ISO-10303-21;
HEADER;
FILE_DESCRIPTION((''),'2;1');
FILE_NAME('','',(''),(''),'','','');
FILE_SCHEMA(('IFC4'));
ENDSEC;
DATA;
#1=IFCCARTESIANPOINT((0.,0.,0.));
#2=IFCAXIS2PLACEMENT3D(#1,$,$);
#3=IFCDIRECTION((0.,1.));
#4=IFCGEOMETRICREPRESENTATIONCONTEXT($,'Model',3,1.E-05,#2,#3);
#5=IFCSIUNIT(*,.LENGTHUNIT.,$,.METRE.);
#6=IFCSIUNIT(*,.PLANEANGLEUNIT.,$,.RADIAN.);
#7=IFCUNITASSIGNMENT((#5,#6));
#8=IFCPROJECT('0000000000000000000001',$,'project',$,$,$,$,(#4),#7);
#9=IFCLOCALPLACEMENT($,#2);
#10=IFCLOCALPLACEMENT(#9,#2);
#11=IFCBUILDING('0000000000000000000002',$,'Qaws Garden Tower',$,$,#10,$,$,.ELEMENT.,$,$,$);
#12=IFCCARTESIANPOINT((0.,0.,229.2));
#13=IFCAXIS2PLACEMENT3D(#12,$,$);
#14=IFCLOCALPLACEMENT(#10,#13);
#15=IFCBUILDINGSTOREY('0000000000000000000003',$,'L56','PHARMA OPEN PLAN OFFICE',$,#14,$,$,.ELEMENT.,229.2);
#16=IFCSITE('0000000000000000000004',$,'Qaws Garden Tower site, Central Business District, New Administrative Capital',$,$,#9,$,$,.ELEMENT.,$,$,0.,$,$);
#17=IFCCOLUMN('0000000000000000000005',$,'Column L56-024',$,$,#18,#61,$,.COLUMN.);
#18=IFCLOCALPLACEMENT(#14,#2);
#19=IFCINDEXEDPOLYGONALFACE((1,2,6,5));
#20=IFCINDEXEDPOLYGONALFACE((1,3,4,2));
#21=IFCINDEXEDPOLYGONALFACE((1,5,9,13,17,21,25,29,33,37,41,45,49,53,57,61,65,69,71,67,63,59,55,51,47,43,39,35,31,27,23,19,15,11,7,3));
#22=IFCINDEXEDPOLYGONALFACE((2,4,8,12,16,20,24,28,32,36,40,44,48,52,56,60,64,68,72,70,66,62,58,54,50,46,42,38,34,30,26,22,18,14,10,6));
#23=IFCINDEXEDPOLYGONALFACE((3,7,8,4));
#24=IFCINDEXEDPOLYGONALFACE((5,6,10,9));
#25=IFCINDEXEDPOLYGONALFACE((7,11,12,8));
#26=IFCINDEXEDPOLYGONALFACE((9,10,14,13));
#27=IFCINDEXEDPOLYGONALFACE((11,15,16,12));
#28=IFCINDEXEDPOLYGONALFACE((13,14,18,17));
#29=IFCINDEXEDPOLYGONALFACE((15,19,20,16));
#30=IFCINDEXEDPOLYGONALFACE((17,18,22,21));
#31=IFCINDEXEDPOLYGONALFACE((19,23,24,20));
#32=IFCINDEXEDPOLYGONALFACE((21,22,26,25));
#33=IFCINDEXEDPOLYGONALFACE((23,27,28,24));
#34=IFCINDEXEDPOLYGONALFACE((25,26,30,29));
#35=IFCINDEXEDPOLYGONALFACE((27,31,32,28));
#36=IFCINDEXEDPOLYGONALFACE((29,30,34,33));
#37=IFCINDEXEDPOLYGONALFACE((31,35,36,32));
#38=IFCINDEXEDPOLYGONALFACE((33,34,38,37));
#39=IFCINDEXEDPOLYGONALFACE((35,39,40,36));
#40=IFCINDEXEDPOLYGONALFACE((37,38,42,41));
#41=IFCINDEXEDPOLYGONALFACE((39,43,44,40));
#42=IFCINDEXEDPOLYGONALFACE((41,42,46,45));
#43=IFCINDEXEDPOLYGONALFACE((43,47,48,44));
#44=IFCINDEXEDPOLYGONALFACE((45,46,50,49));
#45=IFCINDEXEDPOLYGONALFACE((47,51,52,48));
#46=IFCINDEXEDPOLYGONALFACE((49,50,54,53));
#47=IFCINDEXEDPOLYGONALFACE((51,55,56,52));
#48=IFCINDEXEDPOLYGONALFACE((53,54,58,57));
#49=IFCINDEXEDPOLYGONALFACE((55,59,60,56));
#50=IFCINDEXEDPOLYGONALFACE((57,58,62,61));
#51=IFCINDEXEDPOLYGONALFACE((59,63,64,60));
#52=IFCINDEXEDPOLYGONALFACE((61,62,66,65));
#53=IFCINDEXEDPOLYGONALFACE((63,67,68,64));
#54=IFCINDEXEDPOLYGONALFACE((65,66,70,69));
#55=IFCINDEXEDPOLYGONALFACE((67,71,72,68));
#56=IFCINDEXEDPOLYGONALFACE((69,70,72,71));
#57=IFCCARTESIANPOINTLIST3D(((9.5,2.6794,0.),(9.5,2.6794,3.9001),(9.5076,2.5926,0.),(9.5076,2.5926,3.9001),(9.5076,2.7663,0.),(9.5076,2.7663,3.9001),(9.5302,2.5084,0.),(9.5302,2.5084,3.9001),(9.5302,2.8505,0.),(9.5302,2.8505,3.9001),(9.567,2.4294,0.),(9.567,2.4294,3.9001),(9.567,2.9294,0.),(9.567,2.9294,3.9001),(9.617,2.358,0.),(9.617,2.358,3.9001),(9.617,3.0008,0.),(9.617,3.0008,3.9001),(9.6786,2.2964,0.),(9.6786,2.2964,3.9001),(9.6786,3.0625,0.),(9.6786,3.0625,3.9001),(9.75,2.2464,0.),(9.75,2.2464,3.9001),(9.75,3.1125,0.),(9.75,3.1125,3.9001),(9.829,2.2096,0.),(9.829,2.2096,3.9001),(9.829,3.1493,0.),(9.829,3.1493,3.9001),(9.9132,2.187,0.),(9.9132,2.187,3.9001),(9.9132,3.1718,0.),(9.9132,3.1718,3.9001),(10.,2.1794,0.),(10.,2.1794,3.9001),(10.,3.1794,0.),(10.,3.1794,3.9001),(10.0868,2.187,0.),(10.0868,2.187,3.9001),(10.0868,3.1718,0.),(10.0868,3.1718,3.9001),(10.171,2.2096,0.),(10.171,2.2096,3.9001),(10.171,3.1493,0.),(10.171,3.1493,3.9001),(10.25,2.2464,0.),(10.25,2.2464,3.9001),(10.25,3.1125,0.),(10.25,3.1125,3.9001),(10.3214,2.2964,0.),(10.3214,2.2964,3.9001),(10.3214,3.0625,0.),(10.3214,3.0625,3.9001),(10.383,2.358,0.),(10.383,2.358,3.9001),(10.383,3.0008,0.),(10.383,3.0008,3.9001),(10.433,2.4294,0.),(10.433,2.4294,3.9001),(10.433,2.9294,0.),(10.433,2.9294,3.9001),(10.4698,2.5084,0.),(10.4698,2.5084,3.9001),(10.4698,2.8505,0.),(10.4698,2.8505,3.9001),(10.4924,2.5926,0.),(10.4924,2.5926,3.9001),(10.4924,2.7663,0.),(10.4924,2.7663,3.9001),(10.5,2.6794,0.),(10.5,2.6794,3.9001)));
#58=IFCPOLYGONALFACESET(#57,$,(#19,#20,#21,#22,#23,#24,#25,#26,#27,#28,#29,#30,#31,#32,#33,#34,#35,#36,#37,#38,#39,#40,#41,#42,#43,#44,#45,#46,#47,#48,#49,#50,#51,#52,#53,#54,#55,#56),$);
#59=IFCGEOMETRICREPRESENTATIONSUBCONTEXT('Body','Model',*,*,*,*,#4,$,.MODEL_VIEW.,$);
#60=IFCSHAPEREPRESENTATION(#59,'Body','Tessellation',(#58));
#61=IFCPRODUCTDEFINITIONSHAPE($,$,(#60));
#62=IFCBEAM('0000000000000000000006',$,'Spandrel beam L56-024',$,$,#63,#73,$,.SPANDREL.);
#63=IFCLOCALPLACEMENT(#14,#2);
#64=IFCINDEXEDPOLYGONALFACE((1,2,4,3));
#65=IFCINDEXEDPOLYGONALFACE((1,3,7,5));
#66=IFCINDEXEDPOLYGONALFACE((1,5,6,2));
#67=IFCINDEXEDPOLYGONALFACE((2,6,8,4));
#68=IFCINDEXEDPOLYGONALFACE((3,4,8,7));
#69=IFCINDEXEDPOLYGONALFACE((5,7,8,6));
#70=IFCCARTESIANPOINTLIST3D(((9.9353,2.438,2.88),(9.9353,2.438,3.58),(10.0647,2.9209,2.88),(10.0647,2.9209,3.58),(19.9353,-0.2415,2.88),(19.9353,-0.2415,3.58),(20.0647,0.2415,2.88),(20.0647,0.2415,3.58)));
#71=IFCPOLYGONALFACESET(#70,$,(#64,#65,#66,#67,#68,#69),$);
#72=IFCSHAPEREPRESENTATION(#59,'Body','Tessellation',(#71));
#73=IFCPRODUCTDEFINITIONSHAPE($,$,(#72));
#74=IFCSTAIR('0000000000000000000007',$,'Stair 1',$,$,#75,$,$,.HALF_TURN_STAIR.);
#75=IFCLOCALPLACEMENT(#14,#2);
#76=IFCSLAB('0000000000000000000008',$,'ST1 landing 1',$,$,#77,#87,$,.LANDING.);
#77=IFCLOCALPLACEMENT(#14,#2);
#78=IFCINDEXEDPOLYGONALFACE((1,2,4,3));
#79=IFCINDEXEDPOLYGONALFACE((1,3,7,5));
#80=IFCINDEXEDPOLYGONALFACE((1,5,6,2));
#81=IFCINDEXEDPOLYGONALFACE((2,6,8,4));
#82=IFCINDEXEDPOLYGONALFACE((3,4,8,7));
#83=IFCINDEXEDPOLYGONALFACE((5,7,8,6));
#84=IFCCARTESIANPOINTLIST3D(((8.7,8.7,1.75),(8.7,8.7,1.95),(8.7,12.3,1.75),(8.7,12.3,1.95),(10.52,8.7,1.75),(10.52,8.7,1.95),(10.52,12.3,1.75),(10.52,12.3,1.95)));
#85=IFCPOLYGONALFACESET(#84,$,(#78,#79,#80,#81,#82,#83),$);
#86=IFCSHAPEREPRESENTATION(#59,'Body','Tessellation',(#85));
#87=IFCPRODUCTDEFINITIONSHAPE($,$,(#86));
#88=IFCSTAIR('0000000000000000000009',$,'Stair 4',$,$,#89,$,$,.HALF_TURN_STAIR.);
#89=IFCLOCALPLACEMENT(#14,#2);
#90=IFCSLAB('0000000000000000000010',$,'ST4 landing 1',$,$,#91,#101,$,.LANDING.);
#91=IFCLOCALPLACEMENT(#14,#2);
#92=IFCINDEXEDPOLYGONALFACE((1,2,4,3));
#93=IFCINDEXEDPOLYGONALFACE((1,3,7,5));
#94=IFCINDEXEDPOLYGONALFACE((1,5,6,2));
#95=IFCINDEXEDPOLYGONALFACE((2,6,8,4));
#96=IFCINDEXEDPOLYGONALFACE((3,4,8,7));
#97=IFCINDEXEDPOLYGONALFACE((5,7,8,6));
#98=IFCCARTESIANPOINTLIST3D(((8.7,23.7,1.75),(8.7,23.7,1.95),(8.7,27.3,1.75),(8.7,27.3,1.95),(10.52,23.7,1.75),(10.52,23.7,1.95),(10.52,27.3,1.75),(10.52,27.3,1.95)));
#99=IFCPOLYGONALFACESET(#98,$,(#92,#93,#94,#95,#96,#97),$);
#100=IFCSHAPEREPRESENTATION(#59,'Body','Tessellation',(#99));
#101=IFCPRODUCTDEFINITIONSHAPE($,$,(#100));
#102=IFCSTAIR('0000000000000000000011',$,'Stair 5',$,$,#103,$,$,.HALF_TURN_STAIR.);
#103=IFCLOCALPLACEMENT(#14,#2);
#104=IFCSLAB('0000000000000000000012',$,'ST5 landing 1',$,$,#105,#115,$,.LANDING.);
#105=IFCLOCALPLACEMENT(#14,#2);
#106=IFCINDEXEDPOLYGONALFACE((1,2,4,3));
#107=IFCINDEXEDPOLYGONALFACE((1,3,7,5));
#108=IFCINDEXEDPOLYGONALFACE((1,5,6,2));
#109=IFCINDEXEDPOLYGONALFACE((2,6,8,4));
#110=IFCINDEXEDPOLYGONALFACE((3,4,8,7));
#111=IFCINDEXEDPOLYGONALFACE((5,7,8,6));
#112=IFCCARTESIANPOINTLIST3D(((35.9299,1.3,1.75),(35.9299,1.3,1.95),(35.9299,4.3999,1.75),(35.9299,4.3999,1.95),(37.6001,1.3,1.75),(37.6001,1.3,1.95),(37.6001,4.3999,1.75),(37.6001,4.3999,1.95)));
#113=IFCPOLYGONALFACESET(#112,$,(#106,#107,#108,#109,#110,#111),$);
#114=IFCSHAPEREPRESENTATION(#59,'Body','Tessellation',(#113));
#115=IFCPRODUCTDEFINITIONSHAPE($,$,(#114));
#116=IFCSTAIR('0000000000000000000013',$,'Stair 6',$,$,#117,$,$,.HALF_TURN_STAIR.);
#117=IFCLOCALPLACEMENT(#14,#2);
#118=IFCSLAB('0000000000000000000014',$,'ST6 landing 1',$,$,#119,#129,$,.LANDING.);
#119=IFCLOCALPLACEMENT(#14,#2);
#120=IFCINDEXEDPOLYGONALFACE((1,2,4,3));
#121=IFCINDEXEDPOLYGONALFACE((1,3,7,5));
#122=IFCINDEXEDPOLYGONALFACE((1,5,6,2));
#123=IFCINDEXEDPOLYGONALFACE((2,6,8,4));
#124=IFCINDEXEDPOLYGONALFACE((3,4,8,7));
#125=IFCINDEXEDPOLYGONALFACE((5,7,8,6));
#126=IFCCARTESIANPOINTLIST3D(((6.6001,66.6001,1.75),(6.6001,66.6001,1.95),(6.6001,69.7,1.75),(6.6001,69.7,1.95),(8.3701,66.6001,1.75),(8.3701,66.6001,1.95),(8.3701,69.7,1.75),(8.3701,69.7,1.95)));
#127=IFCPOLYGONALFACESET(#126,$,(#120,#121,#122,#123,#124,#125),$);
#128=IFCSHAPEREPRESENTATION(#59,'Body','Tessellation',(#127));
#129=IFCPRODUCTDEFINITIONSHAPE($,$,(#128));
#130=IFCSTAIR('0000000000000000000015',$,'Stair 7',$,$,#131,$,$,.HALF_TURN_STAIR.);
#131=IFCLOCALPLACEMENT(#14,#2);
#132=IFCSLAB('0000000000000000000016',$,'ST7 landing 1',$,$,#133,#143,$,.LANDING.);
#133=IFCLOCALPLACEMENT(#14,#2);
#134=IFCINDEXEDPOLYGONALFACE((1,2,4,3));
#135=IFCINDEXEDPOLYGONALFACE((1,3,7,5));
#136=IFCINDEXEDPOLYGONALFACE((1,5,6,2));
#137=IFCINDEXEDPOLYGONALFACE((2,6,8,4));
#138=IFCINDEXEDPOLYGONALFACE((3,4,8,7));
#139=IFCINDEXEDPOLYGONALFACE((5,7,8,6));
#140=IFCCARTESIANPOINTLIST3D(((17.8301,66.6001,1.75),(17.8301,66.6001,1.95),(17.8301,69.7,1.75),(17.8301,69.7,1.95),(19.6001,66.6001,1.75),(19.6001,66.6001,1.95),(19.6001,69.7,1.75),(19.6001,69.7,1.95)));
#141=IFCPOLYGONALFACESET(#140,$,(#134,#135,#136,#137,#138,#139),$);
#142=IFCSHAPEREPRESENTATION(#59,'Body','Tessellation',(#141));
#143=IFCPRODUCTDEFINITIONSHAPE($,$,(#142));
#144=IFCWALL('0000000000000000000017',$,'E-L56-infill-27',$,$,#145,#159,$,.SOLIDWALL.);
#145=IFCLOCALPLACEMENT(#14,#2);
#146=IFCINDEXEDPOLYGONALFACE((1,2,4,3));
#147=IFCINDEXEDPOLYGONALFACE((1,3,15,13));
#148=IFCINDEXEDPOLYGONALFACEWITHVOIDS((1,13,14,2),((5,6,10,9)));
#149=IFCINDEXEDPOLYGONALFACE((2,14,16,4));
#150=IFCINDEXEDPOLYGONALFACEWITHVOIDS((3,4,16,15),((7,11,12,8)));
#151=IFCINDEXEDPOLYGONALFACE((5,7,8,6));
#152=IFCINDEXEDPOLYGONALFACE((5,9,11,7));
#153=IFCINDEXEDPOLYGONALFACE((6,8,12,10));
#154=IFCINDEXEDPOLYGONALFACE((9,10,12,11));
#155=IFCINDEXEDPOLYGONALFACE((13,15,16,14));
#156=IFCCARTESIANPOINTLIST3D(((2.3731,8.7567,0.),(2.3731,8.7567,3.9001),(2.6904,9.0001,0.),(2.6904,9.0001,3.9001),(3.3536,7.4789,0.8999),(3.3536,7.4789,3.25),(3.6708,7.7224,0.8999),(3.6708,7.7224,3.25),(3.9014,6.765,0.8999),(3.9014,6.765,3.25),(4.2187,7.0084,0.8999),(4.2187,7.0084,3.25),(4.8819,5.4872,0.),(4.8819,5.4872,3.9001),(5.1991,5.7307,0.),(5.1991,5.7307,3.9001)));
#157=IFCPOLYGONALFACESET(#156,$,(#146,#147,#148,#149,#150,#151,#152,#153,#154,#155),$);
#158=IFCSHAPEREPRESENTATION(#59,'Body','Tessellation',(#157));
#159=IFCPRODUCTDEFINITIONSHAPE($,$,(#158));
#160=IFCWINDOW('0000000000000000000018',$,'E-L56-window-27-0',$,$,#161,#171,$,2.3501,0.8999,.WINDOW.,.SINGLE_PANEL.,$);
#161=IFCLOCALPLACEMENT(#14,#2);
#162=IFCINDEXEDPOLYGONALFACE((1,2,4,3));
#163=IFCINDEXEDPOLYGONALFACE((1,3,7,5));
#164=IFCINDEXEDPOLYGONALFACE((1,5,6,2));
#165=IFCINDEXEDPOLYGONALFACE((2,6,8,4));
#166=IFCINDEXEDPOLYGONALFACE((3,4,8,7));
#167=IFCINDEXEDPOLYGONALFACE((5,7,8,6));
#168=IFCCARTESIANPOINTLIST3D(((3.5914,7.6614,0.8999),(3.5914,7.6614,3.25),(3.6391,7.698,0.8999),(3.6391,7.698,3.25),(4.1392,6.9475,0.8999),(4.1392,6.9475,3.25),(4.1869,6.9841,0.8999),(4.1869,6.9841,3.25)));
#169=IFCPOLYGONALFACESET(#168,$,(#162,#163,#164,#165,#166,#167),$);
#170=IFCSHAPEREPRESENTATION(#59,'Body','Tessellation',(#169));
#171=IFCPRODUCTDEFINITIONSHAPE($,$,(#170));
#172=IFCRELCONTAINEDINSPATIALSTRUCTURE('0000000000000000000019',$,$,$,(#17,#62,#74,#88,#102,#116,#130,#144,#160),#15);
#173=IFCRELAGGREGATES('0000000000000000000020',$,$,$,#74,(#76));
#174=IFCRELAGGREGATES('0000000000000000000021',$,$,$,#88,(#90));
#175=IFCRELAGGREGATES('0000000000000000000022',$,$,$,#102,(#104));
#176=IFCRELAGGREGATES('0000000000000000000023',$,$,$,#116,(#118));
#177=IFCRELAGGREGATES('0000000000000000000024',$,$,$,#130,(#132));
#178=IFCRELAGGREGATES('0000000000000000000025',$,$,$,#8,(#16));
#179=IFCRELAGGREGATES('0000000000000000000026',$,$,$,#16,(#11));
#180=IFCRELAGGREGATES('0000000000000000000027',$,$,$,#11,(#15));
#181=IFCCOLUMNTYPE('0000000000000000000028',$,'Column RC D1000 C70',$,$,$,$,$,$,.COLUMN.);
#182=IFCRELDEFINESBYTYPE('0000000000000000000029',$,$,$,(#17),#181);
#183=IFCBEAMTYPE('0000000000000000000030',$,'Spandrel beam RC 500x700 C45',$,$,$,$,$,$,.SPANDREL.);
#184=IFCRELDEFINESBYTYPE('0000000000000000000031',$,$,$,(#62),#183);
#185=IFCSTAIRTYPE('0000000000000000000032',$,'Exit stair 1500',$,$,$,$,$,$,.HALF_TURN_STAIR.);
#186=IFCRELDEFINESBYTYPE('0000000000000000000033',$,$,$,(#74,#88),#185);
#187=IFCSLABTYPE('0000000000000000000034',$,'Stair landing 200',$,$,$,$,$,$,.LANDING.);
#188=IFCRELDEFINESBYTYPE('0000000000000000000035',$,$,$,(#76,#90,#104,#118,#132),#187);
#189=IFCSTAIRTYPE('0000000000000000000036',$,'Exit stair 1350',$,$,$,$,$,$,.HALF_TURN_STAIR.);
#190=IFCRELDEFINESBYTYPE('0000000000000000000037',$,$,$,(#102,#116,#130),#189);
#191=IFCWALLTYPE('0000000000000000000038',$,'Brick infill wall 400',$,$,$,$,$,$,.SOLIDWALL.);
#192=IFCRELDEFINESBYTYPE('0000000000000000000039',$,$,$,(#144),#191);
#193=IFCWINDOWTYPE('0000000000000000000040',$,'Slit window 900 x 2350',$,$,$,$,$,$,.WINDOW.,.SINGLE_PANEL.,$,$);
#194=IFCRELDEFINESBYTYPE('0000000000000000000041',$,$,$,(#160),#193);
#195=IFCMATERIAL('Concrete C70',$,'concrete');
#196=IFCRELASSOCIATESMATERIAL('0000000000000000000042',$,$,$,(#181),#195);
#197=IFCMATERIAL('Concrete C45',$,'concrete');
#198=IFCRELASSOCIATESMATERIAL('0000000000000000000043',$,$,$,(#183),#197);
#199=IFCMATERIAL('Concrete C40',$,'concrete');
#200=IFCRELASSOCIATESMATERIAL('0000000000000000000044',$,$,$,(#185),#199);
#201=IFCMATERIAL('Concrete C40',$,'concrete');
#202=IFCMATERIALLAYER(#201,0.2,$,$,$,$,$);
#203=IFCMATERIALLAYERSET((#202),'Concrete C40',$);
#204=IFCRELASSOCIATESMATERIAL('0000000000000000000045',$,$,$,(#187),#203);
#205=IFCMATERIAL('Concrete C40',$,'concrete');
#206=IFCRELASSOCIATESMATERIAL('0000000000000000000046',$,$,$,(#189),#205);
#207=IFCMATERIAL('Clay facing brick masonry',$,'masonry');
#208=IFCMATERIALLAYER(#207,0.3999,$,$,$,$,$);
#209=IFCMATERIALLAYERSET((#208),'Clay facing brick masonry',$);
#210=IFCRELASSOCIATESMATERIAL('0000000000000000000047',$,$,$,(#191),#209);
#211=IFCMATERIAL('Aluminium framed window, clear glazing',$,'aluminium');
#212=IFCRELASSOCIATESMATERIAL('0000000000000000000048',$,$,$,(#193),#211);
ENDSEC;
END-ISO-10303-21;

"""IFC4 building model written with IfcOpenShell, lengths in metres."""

from ifc_helpers import new_model, si_unit, direction, frame, frame_2d, origin, origin_2d, place, context, subcontext, project, spatial, polyline, rectangle, circle, outline, extrude, material, layer, layer_set, material_profile, profile_set, type_object, element, fill, aggregate, save


model = new_model("IFC4")

# Units and contexts
model_context = context("Model", 3, precision=1e-05, world=origin(), true_north=direction((0.0, 1.0)))
body_context = subcontext(model_context, "Body", "Model", "MODEL_VIEW")
ifc_project = project(units=[si_unit("LENGTHUNIT", "METRE"), si_unit("PLANEANGLEUNIT", "RADIAN")], contexts=[model_context])

# Site, building, storey
site_placement = place(None, origin())
site = spatial("IfcSite", under=ifc_project, at=site_placement, Name="Qaws Garden Tower site, Central Business District, New Administrative Capital", CompositionType="ELEMENT", RefElevation=0.0)
building_placement = place(site_placement, origin())
building = spatial("IfcBuilding", under=site, at=building_placement, Name="Qaws Garden Tower", CompositionType="ELEMENT")
storey_placement = place(building_placement, frame((0.0, 0.0, 229.2)))
storey = spatial("IfcBuildingStorey", under=building, at=storey_placement, Name="L56", Description="PHARMA OPEN PLAN OFFICE", CompositionType="ELEMENT", Elevation=229.2)

# Column
ifc_material_1 = material(Name="Concrete C70", Category="concrete")
ifc_material_profile_1 = material_profile(ifc_material_1, circle(Radius=0.5, at=origin_2d()), Name="RC D1000")
ifc_profile_set_1 = profile_set([ifc_material_profile_1], Name="Concrete C70")
column_type = type_object("IfcColumnType", Name="Column RC D1000 C70", PredefinedType="COLUMN", material=ifc_profile_set_1)
column_placement = place(storey_placement, frame((10.0, 2.6794, 0.0), z_axis=(0.0, 0.0, 1.0), x_axis=(1.0, 0.0, 0.0)))
element("IfcColumn", 1, at=column_placement, inside=storey, type_object=column_type, Name="Column L56-024", PredefinedType="COLUMN", context=body_context, shape_type="SweptSolid", body=[
    extrude(circle(Radius=0.5, at=origin_2d()), origin(), (0.0, 0.0, 1.0), 3.9001),
])

# Beam
ifc_material_2 = material(Name="Concrete C45", Category="concrete")
ifc_material_profile_2 = material_profile(ifc_material_2, rectangle(XDim=0.5, YDim=0.7, at=origin_2d()), Name="RC 500x700")
ifc_profile_set_2 = profile_set([ifc_material_profile_2], Name="Concrete C45")
beam_type = type_object("IfcBeamType", Name="Spandrel beam RC 500x700 C45", PredefinedType="SPANDREL", material=ifc_profile_set_2)
beam_placement = place(storey_placement, frame((10.0, 2.6794, 3.23), z_axis=(0.965927, -0.258815, 0.0), x_axis=(0.258815, 0.965927, 0.0)))
element("IfcBeam", 2, at=beam_placement, inside=storey, type_object=beam_type, Name="Spandrel beam L56-024", PredefinedType="SPANDREL", context=body_context, shape_type="SweptSolid", body=[
    extrude(rectangle(XDim=0.5, YDim=0.7, at=origin_2d()), origin(), (0.0, 0.0, 1.0), 10.3528),
])

# Stairs, slabs
ifc_material_3 = material(Name="Concrete C40", Category="concrete")
stair_type_1 = type_object("IfcStairType", Name="Exit stair 1500", PredefinedType="HALF_TURN_STAIR", material=ifc_material_3)
placement_1 = place(storey_placement, origin())
stair_1 = element("IfcStair", 3, at=placement_1, inside=storey, type_object=stair_type_1, Name="Stair 1", PredefinedType="HALF_TURN_STAIR")
ifc_material_4 = material(Name="Concrete C40", Category="concrete")
ifc_layer_1 = layer(ifc_material_4, 0.2)
ifc_layer_set_1 = layer_set([ifc_layer_1], Name="Concrete C40")
slab_type = type_object("IfcSlabType", Name="Stair landing 200", PredefinedType="LANDING", material=ifc_layer_set_1)
placement_2 = place(storey_placement, frame((0.0, 0.0, 1.75)))
slab_1 = element("IfcSlab", 4, at=placement_2, type_object=slab_type, Name="ST1 landing 1", PredefinedType="LANDING", context=body_context, shape_type="SweptSolid", body=[
    extrude(outline(polyline([(8.7, 8.7), (10.52, 8.7), (10.52, 12.3), (8.7, 12.3), (8.7, 8.7)])), origin(), (0.0, 0.0, 1.0), 0.2),
])
aggregate(stair_1, [slab_1])
stair_2 = element("IfcStair", 5, at=placement_1, inside=storey, type_object=stair_type_1, Name="Stair 4", PredefinedType="HALF_TURN_STAIR")
slab_2 = element("IfcSlab", 6, at=placement_2, type_object=slab_type, Name="ST4 landing 1", PredefinedType="LANDING", context=body_context, shape_type="SweptSolid", body=[
    extrude(outline(polyline([(8.7, 23.7), (10.52, 23.7), (10.52, 27.3), (8.7, 27.3), (8.7, 23.7)])), origin(), (0.0, 0.0, 1.0), 0.2),
])
aggregate(stair_2, [slab_2])
ifc_material_5 = material(Name="Concrete C40", Category="concrete")
stair_type_2 = type_object("IfcStairType", Name="Exit stair 1350", PredefinedType="HALF_TURN_STAIR", material=ifc_material_5)
stair_3 = element("IfcStair", 7, at=placement_1, inside=storey, type_object=stair_type_2, Name="Stair 5", PredefinedType="HALF_TURN_STAIR")
slab_3 = element("IfcSlab", 8, at=placement_2, type_object=slab_type, Name="ST5 landing 1", PredefinedType="LANDING", context=body_context, shape_type="SweptSolid", body=[
    extrude(outline(polyline([(35.9299, 1.3), (37.6001, 1.3), (37.6001, 4.3999), (35.9299, 4.3999), (35.9299, 1.3)])), origin(), (0.0, 0.0, 1.0), 0.2),
])
aggregate(stair_3, [slab_3])
stair_4 = element("IfcStair", 9, at=placement_1, inside=storey, type_object=stair_type_2, Name="Stair 6", PredefinedType="HALF_TURN_STAIR")
slab_4 = element("IfcSlab", 10, at=placement_2, type_object=slab_type, Name="ST6 landing 1", PredefinedType="LANDING", context=body_context, shape_type="SweptSolid", body=[
    extrude(outline(polyline([(6.6001, 66.6001), (8.3701, 66.6001), (8.3701, 69.7), (6.6001, 69.7), (6.6001, 66.6001)])), origin(), (0.0, 0.0, 1.0), 0.2),
])
aggregate(stair_4, [slab_4])
stair_5 = element("IfcStair", 11, at=placement_1, inside=storey, type_object=stair_type_2, Name="Stair 7", PredefinedType="HALF_TURN_STAIR")
slab_5 = element("IfcSlab", 12, at=placement_2, type_object=slab_type, Name="ST7 landing 1", PredefinedType="LANDING", context=body_context, shape_type="SweptSolid", body=[
    extrude(outline(polyline([(17.8301, 66.6001), (19.6001, 66.6001), (19.6001, 69.7), (17.8301, 69.7), (17.8301, 66.6001)])), origin(), (0.0, 0.0, 1.0), 0.2),
])
aggregate(stair_5, [slab_5])

# Wall, opening, window
ifc_material_6 = material(Name="Clay facing brick masonry", Category="masonry")
ifc_layer_2 = layer(ifc_material_6, 0.3999)
ifc_layer_set_2 = layer_set([ifc_layer_2], Name="Clay facing brick masonry")
wall_type_1 = type_object("IfcWallType", Name="Brick infill wall 400", PredefinedType="SOLIDWALL", material=ifc_layer_set_2)
wall_1_placement = place(storey_placement, frame((2.5317, 8.8784, 0.0), z_axis=(0.0, 0.0, 1.0), x_axis=(0.60876, -0.793355, 0.0)))
wall_1 = element("IfcWall", 13, at=wall_1_placement, inside=storey, type_object=wall_type_1, Name="E-L56-infill-27", PredefinedType="SOLIDWALL", context=body_context, shape_type="SweptSolid", body=[
    extrude(rectangle(XDim=4.1211, YDim=0.3999, at=frame_2d((2.0605, 0.0))), origin(), (0.0, 0.0, 1.0), 3.9001),
])
opening_1_placement = place(wall_1_placement, frame((1.6106, 0.0, 0.8999)))
opening_1 = element("IfcOpeningElement", 14, at=opening_1_placement, cuts=wall_1, PredefinedType="OPENING", context=body_context, shape_type="SweptSolid", body=[
    extrude(rectangle(XDim=0.8999, YDim=2.3501, at=frame_2d((0.45, 1.175))), frame((0.0, 0.21, 0.0), z_axis=(0.0, -1.0, 0.0), x_axis=(1.0, 0.0, 0.0)), (0.0, 0.0, 1.0), 0.4199),
])
ifc_material_7 = material(Name="Aluminium framed window, clear glazing", Category="aluminium")
window_type = type_object("IfcWindowType", Name="Slit window 900 x 2350", PartitioningType="SINGLE_PANEL", PredefinedType="WINDOW", material=ifc_material_7)
window_1_placement = place(opening_1_placement, origin())
window_1 = element("IfcWindow", 15, at=window_1_placement, inside=storey, type_object=window_type, Name="E-L56-window-27-0", OverallHeight=2.3501, OverallWidth=0.8999, PartitioningType="SINGLE_PANEL", PredefinedType="WINDOW", context=body_context, shape_type="SweptSolid", body=[
    extrude(rectangle(XDim=0.8999, YDim=2.3501, at=frame_2d((0.45, 1.175))), frame((0.0, 0.1599, 0.0), z_axis=(0.0, -1.0, 0.0), x_axis=(1.0, 0.0, 0.0)), (0.0, 0.0, 1.0), 0.0601),
])
fill(opening_1, window_1)

save(model, "model.ifc")
